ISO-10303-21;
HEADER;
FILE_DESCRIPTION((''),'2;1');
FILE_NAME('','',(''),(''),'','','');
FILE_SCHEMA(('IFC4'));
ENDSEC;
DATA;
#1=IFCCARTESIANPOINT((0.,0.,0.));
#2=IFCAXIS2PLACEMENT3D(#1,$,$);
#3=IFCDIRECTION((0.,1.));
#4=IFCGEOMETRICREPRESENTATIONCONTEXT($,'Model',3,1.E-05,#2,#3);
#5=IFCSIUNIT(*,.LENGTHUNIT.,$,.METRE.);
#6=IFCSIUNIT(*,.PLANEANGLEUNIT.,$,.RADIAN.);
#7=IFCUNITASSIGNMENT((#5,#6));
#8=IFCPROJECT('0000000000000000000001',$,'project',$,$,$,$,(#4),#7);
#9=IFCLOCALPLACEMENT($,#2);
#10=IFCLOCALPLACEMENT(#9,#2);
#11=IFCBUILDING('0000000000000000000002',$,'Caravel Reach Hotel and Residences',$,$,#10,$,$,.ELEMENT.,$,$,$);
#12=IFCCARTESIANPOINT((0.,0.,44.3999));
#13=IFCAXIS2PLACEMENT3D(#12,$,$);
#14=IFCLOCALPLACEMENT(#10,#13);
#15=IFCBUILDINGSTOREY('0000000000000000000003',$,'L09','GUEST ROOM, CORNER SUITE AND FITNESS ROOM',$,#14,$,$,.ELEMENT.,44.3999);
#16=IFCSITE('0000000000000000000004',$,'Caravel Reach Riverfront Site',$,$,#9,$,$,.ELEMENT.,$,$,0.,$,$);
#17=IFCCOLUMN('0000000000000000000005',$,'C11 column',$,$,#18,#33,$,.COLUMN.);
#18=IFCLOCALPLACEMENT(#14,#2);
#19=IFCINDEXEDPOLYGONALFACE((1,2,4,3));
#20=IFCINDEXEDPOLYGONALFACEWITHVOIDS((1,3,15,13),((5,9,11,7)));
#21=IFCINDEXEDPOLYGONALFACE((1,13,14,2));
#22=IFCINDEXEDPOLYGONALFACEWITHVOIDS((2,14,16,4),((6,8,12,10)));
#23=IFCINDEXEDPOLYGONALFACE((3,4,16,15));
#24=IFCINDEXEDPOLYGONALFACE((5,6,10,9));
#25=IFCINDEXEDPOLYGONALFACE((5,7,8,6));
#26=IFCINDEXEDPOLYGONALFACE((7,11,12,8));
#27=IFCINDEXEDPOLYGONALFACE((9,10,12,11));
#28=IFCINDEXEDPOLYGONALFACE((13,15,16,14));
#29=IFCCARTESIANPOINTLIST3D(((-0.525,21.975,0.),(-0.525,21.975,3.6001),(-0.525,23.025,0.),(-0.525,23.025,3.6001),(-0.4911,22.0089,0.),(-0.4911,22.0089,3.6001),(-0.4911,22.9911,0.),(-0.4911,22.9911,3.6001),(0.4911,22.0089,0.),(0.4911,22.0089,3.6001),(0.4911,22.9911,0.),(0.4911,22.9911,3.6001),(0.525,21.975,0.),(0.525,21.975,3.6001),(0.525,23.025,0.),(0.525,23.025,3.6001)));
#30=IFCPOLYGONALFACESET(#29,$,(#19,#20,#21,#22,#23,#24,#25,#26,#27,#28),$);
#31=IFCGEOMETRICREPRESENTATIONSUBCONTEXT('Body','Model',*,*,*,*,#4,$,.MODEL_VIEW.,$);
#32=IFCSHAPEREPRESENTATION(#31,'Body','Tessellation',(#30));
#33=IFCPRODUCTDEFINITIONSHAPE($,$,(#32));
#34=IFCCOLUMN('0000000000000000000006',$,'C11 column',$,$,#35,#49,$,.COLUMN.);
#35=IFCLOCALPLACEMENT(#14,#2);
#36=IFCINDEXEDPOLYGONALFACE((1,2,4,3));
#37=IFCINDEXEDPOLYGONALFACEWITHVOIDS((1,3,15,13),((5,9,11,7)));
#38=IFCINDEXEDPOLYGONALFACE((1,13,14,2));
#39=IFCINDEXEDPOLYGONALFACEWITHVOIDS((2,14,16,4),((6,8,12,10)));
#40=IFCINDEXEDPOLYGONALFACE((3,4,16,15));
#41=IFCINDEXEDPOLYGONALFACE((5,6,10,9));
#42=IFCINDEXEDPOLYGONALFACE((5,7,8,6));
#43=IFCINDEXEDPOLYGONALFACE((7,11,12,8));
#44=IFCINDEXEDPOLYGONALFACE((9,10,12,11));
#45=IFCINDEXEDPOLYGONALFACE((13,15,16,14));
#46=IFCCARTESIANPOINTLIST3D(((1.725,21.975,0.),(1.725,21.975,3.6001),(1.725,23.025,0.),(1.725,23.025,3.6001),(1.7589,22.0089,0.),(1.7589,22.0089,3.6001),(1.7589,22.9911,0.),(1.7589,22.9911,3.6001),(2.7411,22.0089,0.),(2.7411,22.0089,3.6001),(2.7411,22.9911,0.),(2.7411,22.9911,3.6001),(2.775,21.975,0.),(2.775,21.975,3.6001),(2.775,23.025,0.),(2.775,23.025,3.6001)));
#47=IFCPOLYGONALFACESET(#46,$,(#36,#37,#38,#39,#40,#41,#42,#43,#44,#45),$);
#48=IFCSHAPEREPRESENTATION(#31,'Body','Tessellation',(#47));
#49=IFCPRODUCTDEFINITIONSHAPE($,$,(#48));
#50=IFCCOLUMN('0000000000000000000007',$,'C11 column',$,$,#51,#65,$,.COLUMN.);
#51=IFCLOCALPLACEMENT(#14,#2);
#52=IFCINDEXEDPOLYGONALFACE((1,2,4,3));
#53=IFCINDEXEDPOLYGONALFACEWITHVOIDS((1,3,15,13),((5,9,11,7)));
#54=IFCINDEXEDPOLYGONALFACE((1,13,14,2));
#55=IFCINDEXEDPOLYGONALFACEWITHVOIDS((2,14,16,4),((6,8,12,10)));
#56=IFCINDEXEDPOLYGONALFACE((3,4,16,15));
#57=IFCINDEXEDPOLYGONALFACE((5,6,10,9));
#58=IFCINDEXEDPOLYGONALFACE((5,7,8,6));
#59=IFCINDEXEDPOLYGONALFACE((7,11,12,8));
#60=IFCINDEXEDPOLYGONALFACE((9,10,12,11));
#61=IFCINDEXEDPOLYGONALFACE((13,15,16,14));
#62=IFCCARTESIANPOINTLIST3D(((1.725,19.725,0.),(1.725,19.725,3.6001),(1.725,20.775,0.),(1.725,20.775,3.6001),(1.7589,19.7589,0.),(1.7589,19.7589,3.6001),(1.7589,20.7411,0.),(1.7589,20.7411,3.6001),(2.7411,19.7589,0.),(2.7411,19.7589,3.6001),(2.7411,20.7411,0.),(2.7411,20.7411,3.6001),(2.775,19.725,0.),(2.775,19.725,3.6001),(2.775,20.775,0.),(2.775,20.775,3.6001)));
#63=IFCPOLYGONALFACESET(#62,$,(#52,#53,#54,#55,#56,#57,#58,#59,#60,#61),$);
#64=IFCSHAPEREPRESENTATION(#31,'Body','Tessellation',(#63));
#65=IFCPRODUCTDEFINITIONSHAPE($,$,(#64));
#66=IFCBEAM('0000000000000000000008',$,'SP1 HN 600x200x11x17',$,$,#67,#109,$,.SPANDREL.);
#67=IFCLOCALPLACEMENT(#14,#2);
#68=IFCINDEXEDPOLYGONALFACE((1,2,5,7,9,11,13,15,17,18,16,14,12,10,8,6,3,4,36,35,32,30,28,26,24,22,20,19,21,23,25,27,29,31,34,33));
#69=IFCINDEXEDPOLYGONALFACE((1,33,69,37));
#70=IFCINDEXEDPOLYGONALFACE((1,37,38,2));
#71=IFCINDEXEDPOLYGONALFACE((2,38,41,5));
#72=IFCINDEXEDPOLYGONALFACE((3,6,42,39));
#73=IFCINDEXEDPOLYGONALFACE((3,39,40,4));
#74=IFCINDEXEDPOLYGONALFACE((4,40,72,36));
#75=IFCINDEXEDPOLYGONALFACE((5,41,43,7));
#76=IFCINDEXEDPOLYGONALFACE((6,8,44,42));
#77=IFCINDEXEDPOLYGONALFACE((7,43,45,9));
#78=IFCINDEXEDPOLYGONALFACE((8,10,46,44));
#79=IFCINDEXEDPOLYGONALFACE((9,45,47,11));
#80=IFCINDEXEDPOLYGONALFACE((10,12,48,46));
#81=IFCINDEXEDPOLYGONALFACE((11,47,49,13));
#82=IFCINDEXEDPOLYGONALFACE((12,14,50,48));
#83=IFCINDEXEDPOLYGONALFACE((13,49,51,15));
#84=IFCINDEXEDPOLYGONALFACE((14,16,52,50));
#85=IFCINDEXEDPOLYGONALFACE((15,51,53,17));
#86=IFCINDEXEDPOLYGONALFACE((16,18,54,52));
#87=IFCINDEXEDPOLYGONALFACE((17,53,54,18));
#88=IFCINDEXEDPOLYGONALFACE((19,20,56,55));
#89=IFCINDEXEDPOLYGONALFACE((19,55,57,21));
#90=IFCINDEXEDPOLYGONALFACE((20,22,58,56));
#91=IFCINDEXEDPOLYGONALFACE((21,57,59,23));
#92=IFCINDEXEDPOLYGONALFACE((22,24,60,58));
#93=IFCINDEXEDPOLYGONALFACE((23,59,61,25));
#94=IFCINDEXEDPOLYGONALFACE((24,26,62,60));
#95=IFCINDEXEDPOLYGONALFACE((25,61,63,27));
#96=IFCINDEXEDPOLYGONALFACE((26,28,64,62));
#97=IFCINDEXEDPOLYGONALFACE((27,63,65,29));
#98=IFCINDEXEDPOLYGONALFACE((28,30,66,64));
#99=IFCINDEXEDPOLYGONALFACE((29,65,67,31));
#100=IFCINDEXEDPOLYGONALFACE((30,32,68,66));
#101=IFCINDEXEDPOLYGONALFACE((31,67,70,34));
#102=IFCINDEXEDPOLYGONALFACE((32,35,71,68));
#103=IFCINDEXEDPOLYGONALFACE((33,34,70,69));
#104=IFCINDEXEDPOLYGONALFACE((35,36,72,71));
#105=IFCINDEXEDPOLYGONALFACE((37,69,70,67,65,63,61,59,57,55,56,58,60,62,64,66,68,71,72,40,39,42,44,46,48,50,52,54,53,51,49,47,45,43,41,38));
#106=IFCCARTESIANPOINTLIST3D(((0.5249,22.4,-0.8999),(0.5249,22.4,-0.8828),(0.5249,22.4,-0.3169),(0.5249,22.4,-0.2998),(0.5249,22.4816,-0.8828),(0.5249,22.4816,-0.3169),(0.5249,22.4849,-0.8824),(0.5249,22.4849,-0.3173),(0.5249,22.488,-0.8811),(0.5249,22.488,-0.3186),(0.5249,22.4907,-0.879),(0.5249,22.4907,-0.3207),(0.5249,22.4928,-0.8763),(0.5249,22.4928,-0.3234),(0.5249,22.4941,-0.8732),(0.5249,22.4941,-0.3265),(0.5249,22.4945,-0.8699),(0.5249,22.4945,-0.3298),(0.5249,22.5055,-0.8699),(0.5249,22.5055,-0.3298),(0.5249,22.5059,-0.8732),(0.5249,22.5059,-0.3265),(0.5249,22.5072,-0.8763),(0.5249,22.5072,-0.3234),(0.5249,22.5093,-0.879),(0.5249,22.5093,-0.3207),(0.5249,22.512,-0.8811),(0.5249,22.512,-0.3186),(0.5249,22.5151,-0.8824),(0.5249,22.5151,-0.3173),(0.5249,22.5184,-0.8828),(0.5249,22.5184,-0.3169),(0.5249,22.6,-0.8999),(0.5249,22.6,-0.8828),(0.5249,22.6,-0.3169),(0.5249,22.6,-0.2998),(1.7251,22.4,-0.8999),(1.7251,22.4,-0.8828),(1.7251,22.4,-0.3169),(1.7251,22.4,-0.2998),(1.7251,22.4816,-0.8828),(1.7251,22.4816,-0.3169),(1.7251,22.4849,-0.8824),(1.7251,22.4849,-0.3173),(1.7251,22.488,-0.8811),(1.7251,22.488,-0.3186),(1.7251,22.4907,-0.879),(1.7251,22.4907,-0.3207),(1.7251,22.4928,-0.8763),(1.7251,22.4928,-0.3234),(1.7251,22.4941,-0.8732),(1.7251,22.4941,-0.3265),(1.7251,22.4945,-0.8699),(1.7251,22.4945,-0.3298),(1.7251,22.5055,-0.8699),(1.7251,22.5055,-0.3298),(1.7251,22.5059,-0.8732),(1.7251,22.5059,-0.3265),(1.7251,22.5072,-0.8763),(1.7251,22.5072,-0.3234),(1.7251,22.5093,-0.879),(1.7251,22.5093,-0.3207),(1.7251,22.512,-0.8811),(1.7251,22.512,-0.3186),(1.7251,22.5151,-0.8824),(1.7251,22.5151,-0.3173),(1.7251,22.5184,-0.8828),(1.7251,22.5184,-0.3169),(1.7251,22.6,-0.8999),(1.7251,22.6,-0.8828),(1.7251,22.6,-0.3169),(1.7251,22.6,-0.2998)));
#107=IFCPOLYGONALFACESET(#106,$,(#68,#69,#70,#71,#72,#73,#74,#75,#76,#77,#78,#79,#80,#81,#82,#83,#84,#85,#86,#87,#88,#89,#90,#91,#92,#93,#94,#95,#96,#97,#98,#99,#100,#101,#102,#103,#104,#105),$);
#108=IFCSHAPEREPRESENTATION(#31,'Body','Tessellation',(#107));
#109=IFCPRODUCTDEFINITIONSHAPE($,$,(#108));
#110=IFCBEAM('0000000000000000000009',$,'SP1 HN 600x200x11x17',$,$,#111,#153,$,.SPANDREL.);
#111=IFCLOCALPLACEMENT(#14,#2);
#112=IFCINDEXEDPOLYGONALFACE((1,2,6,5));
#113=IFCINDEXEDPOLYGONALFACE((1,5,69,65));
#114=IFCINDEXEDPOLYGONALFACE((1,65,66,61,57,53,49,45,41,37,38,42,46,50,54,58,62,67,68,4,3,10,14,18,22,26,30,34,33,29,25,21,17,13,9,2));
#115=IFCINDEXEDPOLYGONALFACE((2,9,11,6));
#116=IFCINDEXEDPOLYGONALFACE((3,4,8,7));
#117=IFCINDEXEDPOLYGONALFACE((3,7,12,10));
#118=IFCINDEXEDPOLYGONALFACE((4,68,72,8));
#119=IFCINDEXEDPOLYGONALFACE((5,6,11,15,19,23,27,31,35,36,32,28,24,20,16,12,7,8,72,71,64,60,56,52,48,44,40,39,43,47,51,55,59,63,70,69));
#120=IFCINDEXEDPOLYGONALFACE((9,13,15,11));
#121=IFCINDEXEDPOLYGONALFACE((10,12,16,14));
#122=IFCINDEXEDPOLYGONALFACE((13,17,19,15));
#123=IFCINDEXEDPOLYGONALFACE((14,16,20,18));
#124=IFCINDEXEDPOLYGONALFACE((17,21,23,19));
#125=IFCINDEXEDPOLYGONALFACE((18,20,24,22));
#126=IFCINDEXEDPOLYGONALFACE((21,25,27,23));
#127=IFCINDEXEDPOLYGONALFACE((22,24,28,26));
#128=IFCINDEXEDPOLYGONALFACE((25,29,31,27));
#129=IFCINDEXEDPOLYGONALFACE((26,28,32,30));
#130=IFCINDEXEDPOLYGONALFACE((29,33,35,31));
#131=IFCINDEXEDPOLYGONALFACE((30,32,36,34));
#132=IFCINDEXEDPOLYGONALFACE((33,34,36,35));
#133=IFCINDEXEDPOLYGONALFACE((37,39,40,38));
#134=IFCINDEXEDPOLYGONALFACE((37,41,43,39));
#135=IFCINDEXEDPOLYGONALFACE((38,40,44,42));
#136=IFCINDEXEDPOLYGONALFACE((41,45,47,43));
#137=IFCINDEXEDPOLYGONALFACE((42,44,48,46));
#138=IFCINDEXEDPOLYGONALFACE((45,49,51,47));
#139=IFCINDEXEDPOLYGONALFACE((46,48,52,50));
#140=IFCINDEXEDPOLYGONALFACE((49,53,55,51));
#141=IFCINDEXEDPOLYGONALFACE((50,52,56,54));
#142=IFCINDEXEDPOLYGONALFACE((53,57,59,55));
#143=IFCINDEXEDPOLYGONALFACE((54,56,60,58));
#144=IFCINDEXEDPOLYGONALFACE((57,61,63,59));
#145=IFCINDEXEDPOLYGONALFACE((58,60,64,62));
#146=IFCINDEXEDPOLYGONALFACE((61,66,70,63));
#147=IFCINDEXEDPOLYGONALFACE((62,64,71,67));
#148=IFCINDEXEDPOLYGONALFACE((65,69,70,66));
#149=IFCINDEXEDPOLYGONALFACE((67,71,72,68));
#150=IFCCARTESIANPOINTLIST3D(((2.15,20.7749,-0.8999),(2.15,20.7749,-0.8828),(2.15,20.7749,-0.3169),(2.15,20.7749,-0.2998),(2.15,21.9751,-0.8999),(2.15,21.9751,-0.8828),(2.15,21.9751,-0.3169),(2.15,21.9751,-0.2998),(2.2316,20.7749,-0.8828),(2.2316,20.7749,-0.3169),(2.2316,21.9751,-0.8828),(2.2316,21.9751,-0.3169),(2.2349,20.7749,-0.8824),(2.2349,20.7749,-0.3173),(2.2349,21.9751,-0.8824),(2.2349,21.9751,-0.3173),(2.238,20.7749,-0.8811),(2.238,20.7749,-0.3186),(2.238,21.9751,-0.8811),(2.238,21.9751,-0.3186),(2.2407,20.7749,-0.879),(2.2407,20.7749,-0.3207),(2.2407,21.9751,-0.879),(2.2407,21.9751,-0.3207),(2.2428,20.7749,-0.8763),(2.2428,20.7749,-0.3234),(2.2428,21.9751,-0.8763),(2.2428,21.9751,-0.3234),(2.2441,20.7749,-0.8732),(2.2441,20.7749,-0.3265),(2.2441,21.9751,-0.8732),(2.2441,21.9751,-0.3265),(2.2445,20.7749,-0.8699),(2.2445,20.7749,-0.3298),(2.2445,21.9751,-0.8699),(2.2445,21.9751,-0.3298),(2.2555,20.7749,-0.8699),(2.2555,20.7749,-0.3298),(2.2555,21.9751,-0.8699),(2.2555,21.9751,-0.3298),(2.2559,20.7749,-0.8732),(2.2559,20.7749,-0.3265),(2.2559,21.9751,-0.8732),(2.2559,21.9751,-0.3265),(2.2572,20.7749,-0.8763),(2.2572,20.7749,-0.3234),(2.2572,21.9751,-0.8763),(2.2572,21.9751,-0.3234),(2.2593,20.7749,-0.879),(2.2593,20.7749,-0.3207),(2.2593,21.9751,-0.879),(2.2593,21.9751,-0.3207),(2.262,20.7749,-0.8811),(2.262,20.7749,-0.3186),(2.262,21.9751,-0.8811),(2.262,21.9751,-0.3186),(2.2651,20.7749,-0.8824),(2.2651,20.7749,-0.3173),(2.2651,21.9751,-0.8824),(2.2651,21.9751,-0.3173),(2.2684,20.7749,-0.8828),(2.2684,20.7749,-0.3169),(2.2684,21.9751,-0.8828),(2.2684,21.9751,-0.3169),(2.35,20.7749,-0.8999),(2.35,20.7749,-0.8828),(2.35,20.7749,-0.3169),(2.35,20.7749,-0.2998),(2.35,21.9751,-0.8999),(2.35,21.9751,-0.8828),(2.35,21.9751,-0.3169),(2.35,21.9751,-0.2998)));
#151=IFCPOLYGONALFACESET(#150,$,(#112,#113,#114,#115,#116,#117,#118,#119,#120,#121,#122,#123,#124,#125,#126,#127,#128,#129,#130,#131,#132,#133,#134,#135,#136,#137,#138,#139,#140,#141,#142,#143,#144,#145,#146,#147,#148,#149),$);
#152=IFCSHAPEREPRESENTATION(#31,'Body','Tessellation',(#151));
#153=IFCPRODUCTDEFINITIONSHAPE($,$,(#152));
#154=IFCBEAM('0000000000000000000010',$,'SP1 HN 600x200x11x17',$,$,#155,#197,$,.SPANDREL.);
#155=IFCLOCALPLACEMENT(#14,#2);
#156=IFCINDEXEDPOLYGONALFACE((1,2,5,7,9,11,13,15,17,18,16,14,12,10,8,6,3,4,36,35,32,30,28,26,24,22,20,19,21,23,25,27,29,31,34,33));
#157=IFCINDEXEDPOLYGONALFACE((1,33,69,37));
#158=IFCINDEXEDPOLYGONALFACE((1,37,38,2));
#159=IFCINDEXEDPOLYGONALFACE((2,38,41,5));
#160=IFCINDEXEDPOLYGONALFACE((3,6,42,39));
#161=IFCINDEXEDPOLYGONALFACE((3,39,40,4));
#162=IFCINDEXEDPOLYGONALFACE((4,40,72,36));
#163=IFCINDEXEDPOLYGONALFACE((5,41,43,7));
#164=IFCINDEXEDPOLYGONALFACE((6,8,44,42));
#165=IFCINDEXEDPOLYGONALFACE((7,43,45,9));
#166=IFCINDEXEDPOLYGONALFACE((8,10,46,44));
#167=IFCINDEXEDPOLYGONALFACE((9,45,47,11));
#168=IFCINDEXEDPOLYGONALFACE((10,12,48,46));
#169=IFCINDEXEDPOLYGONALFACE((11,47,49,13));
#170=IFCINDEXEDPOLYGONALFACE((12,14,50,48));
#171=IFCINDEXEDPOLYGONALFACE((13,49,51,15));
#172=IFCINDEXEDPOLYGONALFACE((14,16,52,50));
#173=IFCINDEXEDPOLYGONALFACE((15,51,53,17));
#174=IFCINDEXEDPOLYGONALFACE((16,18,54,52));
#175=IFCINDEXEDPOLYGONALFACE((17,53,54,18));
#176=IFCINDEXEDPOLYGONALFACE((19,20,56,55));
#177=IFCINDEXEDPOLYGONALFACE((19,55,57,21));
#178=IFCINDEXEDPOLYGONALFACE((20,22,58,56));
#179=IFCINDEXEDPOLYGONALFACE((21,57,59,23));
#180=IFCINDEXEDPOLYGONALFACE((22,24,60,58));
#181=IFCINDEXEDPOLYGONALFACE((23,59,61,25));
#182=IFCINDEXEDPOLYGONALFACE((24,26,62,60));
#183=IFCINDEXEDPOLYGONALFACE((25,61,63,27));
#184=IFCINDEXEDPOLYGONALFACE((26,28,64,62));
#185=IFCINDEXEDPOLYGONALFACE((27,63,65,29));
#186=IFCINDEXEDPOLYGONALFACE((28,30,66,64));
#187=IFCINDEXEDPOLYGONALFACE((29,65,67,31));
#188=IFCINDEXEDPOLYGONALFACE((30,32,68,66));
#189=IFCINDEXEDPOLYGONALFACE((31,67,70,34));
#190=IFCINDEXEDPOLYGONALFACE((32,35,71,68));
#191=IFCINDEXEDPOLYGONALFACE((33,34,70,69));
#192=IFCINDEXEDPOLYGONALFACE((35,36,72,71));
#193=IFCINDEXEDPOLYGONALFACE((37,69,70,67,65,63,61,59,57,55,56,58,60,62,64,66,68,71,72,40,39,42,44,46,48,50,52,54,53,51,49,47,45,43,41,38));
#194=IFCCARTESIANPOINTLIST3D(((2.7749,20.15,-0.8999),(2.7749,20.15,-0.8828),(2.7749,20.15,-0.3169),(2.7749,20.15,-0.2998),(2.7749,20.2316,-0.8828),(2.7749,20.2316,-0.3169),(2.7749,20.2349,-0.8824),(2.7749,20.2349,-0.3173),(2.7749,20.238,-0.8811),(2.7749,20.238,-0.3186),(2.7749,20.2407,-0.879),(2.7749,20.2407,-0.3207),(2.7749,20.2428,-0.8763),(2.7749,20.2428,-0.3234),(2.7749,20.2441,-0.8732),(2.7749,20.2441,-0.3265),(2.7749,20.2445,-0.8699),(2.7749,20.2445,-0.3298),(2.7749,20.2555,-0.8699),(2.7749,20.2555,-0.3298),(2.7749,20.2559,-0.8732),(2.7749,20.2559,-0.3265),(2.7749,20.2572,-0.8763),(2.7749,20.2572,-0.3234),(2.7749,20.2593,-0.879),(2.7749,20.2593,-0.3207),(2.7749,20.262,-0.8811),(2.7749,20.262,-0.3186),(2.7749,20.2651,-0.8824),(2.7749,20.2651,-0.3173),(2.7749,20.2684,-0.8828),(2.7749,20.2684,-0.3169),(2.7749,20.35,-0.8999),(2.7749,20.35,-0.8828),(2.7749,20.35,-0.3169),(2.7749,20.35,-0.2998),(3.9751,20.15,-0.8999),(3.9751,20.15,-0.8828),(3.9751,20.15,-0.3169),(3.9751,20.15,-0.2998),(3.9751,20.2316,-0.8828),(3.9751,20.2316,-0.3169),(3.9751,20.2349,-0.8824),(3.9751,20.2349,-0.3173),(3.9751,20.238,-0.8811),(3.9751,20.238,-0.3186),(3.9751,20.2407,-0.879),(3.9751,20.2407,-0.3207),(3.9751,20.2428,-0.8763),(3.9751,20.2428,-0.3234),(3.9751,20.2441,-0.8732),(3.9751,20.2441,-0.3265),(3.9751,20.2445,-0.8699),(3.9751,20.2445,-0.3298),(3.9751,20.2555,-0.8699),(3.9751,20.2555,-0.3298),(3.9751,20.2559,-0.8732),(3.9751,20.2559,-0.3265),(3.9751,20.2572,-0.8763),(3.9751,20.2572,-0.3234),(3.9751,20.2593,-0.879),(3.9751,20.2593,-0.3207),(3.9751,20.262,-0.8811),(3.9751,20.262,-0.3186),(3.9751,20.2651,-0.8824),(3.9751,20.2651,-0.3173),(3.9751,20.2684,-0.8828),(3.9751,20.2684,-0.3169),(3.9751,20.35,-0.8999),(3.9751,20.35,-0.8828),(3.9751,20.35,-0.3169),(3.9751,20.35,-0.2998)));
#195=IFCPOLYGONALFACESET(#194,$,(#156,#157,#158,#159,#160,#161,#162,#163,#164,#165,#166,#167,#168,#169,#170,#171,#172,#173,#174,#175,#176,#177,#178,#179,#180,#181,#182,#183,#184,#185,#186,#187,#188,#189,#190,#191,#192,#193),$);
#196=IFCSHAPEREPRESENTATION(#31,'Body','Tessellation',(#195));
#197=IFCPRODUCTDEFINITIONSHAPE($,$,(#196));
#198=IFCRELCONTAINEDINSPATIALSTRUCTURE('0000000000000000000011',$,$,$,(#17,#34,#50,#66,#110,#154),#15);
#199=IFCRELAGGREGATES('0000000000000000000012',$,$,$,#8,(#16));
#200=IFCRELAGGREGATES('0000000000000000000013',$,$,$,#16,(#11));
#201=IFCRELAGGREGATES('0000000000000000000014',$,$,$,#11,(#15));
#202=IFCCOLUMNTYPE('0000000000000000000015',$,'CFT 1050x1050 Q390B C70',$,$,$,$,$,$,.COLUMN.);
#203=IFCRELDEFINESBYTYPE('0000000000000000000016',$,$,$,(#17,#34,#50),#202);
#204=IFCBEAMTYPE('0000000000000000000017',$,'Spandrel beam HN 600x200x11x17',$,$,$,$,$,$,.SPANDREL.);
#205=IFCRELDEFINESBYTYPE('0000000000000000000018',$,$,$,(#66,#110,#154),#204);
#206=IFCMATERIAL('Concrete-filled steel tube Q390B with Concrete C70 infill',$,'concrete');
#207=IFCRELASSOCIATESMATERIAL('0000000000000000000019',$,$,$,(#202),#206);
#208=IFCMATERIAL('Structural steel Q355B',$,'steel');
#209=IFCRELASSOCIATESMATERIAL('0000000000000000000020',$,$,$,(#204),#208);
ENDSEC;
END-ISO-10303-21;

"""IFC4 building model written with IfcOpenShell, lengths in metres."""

from ifc_helpers import new_model, si_unit, direction, frame, origin, origin_2d, place, context, subcontext, project, spatial, hollow_rectangle, i_section, extrude, material, material_profile, profile_set, type_object, element, save


model = new_model("IFC4")

# Units and contexts
model_context = context("Model", 3, precision=1e-05, world=origin(), true_north=direction((0.0, 1.0)))
body_context = subcontext(model_context, "Body", "Model", "MODEL_VIEW")
ifc_project = project(units=[si_unit("LENGTHUNIT", "METRE"), si_unit("PLANEANGLEUNIT", "RADIAN")], contexts=[model_context])

# Site, building, storey
site_placement = place(None, origin())
site = spatial("IfcSite", under=ifc_project, at=site_placement, Name="Caravel Reach Riverfront Site", CompositionType="ELEMENT", RefElevation=0.0)
building_placement = place(site_placement, origin())
building = spatial("IfcBuilding", under=site, at=building_placement, Name="Caravel Reach Hotel and Residences", CompositionType="ELEMENT")
storey_placement = place(building_placement, frame((0.0, 0.0, 44.3999)))
storey = spatial("IfcBuildingStorey", under=building, at=storey_placement, Name="L09", Description="GUEST ROOM, CORNER SUITE AND FITNESS ROOM", CompositionType="ELEMENT", Elevation=44.3999)

# Columns
ifc_material_1 = material(Name="Concrete-filled steel tube Q390B with Concrete C70 infill", Category="concrete")
ifc_material_profile_1 = material_profile(ifc_material_1, hollow_rectangle(XDim=1.05, YDim=1.05, WallThickness=0.0339, at=origin_2d()), Name="RHS 1050x1050x34")
ifc_profile_set_1 = profile_set([ifc_material_profile_1], Name="Concrete-filled steel tube Q390B with Concrete C70 infill")
column_type = type_object("IfcColumnType", Name="CFT 1050x1050 Q390B C70", PredefinedType="COLUMN", material=ifc_profile_set_1)
for number, where, z_axis, x_axis, name in (
    (1, (0.0, 22.5, 0.0), (0.0, 0.0, 1.0), (1.0, 0.0, 0.0), "C11 column"),
    (2, (2.25, 22.5, 0.0), (0.0, 0.0, 1.0), (1.0, 0.0, 0.0), "C11 column"),
    (3, (2.25, 20.25, 0.0), (0.0, 0.0, 1.0), (1.0, 0.0, 0.0), "C11 column"),
):
    element("IfcColumn", number, at=place(storey_placement, frame(where, z_axis=z_axis, x_axis=x_axis)), inside=storey, type_object=column_type, Name=name, PredefinedType="COLUMN", context=body_context, shape_type="SweptSolid", body=[
        extrude(hollow_rectangle(XDim=1.05, YDim=1.05, WallThickness=0.0339, at=origin_2d()), origin(), (0.0, 0.0, 1.0), 3.6001),
    ])

# Beams
ifc_material_2 = material(Name="Structural steel Q355B", Category="steel")
ifc_material_profile_2 = material_profile(ifc_material_2, i_section(OverallWidth=0.2, OverallDepth=0.6001, WebThickness=0.011, FlangeThickness=0.0171, FilletRadius=0.0129, at=origin_2d()), Name="HN 600x200x11x17")
ifc_profile_set_2 = profile_set([ifc_material_profile_2], Name="Structural steel Q355B")
beam_type = type_object("IfcBeamType", Name="Spandrel beam HN 600x200x11x17", PredefinedType="SPANDREL", material=ifc_profile_set_2)
for number, where, z_axis, x_axis, name in (
    (4, (0.5249, 22.5, -0.5999), (1.0, 0.0, 0.0), (0.0, 1.0, 0.0), "SP1 HN 600x200x11x17"),
    (5, (2.25, 21.9751, -0.5999), (0.0, -1.0, 0.0), (1.0, 0.0, 0.0), "SP1 HN 600x200x11x17"),
    (6, (2.7749, 20.25, -0.5999), (1.0, 0.0, 0.0), (0.0, 1.0, 0.0), "SP1 HN 600x200x11x17"),
):
    element("IfcBeam", number, at=place(storey_placement, frame(where, z_axis=z_axis, x_axis=x_axis)), inside=storey, type_object=beam_type, Name=name, PredefinedType="SPANDREL", context=body_context, shape_type="SweptSolid", body=[
        extrude(i_section(OverallWidth=0.2, OverallDepth=0.6001, WebThickness=0.011, FlangeThickness=0.0171, FilletRadius=0.0129, at=origin_2d()), origin(), (0.0, 0.0, 1.0), 1.2002),
    ])

save(model, "model.ifc")
